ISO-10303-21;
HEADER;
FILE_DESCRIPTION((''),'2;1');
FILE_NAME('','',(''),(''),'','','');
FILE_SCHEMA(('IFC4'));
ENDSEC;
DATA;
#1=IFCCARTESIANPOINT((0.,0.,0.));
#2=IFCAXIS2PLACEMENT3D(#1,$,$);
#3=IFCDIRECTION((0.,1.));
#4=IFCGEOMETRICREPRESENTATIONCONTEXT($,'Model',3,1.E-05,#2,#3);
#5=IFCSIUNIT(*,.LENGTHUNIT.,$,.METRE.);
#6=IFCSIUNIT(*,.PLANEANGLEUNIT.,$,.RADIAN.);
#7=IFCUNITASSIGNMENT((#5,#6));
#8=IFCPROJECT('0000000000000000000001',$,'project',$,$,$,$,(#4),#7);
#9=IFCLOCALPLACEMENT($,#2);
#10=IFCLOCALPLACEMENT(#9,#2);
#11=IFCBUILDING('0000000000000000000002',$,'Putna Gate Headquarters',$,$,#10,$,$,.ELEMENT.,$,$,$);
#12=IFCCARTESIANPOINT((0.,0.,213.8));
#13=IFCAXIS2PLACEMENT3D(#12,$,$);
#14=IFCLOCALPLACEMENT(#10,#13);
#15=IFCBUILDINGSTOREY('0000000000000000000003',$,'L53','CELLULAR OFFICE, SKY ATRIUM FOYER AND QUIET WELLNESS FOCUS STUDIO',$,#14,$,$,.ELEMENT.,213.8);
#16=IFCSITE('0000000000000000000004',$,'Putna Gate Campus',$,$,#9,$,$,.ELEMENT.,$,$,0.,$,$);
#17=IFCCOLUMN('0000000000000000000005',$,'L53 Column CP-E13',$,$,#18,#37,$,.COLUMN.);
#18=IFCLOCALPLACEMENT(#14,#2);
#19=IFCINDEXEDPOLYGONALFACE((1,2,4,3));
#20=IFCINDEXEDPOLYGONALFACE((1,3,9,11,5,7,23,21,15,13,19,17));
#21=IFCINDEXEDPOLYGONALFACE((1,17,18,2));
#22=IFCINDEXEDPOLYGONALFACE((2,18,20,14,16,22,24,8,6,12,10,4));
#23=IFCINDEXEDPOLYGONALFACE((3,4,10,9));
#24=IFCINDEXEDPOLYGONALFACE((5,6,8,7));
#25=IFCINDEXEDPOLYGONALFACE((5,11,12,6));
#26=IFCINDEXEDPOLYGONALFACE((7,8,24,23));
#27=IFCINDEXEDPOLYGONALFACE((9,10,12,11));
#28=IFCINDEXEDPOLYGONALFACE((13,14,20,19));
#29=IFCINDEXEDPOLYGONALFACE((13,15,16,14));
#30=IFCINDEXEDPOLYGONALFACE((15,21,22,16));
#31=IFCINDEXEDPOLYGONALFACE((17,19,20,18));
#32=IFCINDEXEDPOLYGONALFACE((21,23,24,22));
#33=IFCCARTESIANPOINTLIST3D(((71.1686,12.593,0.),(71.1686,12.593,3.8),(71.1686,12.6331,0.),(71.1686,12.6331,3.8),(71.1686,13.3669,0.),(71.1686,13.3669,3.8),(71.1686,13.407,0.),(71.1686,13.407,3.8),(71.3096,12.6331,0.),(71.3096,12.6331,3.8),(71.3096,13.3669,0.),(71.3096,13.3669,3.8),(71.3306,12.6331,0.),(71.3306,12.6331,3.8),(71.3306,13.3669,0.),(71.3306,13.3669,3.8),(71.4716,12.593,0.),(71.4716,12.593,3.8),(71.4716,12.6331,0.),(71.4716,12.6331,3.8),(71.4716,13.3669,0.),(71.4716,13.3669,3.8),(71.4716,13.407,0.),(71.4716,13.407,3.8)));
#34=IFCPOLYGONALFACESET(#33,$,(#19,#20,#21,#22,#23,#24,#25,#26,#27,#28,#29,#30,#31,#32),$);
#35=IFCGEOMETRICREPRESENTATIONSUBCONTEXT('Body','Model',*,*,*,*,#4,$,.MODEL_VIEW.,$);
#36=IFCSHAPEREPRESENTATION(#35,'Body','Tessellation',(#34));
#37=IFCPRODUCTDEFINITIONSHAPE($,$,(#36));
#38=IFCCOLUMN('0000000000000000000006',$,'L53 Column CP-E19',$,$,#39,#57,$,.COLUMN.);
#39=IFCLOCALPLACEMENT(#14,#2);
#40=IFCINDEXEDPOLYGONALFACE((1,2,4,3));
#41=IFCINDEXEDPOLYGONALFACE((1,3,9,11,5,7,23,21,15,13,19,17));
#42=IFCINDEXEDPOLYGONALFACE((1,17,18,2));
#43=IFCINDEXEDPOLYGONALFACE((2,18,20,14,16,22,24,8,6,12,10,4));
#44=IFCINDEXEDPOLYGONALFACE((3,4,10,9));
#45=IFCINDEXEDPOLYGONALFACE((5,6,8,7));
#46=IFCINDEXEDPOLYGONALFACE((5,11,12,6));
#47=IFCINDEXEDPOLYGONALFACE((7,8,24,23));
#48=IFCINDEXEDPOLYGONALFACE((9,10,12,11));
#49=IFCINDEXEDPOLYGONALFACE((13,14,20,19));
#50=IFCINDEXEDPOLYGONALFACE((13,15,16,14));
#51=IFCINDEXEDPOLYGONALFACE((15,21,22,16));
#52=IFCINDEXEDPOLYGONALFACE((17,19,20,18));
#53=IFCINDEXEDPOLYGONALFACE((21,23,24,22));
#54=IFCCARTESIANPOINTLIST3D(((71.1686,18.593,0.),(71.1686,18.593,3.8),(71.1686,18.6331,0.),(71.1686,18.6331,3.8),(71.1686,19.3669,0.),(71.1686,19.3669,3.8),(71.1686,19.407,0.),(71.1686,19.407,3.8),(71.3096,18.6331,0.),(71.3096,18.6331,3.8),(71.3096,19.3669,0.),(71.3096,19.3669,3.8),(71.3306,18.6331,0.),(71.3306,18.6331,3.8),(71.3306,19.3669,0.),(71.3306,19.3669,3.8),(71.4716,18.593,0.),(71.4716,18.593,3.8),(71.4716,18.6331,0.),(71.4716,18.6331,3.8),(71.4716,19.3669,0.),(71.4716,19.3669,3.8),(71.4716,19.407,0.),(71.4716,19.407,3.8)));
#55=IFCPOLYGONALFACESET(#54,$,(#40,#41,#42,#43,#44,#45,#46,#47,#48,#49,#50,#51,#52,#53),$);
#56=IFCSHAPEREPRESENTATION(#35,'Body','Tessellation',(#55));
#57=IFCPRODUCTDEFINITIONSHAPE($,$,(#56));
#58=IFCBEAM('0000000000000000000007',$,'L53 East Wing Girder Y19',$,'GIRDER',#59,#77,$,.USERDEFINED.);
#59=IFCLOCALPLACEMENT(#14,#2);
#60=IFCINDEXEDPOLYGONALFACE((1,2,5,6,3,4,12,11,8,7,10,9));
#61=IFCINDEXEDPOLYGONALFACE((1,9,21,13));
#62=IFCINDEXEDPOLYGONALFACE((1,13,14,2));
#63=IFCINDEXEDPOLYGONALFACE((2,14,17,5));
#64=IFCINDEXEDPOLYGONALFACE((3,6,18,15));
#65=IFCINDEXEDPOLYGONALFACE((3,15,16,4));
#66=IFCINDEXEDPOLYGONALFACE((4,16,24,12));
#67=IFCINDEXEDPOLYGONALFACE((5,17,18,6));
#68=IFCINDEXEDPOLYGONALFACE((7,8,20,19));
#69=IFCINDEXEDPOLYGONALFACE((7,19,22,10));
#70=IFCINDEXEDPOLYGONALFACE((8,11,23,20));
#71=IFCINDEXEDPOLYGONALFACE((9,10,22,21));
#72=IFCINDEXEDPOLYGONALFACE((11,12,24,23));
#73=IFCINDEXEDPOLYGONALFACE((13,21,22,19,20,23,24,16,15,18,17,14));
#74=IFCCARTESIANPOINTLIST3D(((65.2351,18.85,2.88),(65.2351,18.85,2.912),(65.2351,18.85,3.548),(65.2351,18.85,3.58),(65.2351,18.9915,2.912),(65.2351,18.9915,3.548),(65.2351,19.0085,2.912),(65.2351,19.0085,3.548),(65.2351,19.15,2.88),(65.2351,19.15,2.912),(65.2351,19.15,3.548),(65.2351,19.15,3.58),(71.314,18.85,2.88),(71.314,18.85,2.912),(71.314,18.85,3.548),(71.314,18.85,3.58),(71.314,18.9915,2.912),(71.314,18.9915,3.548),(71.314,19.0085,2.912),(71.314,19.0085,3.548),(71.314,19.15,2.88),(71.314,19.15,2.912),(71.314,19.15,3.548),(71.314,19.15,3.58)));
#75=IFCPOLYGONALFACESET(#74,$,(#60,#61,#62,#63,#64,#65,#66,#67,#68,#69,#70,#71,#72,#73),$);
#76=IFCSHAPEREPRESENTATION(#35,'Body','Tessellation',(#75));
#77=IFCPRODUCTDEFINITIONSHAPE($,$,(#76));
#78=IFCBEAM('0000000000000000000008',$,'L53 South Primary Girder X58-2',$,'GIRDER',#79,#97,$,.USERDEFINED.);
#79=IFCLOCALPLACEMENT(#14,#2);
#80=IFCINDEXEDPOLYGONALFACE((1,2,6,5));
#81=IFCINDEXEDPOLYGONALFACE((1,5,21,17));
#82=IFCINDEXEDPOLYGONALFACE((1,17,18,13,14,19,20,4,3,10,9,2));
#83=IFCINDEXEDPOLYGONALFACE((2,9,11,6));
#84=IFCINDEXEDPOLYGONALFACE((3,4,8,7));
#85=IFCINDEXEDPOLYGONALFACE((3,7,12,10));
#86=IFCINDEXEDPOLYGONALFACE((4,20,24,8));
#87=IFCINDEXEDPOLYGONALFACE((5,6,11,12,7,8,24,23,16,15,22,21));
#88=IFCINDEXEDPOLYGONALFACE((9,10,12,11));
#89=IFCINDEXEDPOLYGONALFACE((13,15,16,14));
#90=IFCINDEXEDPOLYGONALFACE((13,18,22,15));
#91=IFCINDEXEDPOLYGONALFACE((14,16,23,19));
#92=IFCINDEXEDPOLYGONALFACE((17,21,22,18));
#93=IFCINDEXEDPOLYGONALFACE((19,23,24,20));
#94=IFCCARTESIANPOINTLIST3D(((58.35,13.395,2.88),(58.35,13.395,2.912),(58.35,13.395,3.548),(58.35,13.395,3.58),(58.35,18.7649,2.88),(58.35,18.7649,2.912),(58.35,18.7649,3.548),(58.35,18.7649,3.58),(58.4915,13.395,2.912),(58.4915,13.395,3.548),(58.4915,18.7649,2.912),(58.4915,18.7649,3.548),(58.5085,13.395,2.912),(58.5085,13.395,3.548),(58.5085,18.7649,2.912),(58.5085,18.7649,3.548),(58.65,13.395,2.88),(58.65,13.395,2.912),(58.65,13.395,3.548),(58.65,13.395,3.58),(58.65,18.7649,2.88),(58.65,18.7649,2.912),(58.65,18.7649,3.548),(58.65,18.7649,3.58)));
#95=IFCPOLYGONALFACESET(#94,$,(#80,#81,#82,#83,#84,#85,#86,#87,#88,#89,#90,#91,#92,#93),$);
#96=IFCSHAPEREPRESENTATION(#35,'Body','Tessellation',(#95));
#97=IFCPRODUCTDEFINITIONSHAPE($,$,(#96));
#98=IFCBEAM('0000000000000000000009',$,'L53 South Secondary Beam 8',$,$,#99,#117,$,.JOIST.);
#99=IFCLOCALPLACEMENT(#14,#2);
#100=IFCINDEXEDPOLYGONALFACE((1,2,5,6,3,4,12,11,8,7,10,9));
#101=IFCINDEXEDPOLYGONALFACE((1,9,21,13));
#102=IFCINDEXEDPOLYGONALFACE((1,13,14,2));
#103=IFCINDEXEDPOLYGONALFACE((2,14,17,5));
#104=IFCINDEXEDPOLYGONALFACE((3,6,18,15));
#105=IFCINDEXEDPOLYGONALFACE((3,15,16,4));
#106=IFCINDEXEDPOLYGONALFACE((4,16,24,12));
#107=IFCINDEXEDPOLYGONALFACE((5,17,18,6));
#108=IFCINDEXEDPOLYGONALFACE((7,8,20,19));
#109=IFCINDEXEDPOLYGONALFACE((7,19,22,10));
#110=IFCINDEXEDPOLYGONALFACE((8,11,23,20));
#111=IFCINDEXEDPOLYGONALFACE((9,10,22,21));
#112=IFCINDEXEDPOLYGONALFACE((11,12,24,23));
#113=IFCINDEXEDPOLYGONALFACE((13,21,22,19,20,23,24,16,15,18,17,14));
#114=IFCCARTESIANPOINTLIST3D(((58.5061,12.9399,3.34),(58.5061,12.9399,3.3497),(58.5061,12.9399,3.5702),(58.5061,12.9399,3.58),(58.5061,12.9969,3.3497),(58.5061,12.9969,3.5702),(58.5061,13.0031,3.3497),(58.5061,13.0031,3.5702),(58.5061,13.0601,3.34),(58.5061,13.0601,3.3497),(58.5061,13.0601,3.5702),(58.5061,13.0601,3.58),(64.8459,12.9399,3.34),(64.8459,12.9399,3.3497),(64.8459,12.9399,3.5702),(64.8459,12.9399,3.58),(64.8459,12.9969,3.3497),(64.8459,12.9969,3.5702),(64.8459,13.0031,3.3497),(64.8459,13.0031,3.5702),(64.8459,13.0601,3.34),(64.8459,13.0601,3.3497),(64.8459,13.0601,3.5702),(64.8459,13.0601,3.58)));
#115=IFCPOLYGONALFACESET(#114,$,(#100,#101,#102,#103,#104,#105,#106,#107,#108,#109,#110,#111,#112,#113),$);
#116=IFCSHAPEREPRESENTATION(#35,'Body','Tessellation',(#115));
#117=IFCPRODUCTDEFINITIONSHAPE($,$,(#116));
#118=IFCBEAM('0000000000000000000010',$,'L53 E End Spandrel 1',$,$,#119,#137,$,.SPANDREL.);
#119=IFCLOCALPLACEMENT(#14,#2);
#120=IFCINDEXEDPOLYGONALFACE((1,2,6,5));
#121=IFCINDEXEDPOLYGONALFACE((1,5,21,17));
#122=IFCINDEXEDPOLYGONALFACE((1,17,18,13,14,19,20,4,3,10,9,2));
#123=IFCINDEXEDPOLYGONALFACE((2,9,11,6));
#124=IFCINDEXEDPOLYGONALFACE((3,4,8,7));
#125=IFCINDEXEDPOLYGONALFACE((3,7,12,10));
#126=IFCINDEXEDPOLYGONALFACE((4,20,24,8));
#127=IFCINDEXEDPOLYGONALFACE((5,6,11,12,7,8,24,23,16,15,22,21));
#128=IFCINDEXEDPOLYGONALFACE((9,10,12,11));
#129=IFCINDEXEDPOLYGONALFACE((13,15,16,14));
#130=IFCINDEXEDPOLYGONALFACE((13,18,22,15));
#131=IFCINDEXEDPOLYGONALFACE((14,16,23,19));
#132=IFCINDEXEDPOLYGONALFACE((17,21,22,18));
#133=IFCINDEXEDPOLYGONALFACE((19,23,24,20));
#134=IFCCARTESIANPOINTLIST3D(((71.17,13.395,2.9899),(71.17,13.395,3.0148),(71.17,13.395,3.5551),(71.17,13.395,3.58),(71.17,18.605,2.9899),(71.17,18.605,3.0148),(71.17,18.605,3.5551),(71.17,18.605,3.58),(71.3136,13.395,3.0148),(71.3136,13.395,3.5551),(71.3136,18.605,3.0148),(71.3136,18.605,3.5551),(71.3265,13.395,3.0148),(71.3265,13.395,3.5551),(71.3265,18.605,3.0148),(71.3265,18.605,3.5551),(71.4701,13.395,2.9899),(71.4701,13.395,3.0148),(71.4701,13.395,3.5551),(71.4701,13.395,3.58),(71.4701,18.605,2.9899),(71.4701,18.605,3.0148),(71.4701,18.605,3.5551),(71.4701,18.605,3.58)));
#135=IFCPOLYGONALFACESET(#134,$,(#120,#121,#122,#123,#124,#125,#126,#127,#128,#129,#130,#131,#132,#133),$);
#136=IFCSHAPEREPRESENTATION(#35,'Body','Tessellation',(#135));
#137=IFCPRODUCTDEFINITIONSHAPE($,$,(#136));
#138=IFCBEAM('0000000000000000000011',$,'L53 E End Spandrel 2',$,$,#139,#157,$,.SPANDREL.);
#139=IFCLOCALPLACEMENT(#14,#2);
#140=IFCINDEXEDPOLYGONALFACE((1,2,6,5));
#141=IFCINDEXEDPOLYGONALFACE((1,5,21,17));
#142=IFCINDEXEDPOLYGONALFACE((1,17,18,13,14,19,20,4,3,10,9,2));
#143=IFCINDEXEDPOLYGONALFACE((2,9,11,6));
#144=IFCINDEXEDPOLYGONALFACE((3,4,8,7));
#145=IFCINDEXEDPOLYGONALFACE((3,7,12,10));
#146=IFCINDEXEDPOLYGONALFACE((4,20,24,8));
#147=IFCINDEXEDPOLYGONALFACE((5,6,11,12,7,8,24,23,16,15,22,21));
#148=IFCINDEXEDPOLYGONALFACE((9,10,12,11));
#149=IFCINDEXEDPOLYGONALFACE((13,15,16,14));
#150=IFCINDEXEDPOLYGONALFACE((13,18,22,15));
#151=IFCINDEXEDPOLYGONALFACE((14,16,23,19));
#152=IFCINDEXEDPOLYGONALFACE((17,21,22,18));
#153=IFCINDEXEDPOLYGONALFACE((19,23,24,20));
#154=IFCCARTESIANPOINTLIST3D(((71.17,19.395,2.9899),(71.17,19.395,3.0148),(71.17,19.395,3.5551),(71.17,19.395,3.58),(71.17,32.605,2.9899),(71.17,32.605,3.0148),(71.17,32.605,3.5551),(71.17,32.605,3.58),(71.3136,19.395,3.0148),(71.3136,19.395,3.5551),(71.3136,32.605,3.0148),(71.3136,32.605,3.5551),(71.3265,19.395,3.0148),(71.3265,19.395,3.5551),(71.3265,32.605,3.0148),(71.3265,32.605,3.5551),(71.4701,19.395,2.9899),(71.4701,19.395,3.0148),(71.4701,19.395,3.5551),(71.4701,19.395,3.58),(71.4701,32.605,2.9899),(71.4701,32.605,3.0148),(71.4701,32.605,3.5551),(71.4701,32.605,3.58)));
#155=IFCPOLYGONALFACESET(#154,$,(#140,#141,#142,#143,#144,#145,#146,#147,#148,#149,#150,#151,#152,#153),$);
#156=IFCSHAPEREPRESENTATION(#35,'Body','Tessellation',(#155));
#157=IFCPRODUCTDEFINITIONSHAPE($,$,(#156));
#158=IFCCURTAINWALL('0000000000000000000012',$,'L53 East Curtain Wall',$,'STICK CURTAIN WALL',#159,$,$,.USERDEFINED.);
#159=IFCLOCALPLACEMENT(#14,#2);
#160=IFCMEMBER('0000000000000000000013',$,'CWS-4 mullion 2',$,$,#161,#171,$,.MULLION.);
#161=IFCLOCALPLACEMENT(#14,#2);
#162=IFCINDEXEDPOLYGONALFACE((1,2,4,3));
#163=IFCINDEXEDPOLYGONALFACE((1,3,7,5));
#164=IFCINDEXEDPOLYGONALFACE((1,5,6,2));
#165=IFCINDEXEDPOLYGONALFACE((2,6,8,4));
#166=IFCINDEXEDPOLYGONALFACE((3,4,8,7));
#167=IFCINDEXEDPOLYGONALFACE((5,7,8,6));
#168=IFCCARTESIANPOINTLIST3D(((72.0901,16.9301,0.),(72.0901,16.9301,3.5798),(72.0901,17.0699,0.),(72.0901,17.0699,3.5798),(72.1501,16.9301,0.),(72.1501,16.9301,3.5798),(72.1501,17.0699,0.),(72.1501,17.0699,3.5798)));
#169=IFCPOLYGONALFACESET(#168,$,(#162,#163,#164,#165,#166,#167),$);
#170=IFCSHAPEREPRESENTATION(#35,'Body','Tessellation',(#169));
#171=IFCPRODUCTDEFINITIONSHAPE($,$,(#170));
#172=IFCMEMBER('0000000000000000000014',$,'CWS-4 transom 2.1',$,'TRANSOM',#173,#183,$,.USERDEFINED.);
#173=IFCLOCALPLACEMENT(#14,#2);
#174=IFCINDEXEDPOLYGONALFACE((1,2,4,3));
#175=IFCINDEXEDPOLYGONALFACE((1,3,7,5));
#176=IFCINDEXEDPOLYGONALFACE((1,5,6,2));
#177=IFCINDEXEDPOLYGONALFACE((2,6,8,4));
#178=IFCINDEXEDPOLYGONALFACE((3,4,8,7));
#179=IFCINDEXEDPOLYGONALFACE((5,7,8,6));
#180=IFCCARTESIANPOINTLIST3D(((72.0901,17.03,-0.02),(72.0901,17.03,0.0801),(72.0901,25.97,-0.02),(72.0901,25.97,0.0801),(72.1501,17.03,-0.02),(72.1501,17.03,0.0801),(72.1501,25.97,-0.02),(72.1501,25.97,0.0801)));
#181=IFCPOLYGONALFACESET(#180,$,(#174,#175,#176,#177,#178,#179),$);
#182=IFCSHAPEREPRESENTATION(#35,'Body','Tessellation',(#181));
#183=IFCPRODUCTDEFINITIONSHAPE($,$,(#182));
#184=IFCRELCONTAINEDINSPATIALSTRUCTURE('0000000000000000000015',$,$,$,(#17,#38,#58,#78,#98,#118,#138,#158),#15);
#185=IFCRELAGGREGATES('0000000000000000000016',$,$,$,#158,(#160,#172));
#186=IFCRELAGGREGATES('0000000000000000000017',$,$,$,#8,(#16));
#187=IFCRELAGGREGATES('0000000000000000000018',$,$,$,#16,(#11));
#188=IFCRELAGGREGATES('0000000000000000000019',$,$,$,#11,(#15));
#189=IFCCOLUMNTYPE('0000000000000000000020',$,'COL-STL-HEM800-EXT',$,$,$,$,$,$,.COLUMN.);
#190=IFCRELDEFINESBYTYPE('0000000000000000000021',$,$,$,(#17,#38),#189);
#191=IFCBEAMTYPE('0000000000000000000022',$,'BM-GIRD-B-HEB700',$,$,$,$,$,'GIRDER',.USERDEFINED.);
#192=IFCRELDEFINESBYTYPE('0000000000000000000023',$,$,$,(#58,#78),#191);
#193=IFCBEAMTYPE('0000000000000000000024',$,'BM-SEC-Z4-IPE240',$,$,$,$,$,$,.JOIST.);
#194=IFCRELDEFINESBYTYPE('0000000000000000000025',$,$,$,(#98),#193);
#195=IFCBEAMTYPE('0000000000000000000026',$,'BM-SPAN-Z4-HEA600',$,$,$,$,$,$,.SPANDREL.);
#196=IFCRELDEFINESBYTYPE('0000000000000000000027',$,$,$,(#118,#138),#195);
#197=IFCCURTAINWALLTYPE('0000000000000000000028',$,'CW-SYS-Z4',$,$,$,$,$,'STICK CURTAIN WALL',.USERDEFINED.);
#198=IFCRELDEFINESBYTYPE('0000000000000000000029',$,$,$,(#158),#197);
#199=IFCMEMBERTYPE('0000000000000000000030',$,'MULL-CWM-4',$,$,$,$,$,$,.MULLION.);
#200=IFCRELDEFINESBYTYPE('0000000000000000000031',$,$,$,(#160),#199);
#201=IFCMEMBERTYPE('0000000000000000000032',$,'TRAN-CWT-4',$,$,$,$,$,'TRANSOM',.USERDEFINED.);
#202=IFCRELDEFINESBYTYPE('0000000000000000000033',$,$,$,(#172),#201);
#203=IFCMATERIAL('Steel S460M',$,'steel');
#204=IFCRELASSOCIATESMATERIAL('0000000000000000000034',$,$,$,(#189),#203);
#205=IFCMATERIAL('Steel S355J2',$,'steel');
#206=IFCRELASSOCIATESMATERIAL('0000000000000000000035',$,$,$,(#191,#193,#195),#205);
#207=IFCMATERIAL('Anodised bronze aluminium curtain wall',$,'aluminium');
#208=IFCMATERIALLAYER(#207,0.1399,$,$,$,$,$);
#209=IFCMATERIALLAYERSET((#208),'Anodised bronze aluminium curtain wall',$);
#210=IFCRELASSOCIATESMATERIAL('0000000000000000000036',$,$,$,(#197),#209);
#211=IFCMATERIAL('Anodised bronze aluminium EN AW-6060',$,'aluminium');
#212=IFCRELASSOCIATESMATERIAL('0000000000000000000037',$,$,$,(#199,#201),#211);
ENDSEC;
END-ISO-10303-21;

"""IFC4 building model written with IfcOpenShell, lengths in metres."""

from ifc_helpers import new_model, si_unit, direction, frame, origin, origin_2d, place, context, subcontext, project, spatial, rectangle, i_section, extrude, material, layer, layer_set, material_profile, profile_set, type_object, element, aggregate, save


model = new_model("IFC4")

# Units and contexts
model_context = context("Model", 3, precision=1e-05, world=origin(), true_north=direction((0.0, 1.0)))
body_context = subcontext(model_context, "Body", "Model", "MODEL_VIEW")
ifc_project = project(units=[si_unit("LENGTHUNIT", "METRE"), si_unit("PLANEANGLEUNIT", "RADIAN")], contexts=[model_context])

# Site, building, storey
site_placement = place(None, origin())
site = spatial("IfcSite", under=ifc_project, at=site_placement, Name="Putna Gate Campus", CompositionType="ELEMENT", RefElevation=0.0)
building_placement = place(site_placement, origin())
building = spatial("IfcBuilding", under=site, at=building_placement, Name="Putna Gate Headquarters", CompositionType="ELEMENT")
storey_placement = place(building_placement, frame((0.0, 0.0, 213.8)))
storey = spatial("IfcBuildingStorey", under=building, at=storey_placement, Name="L53", Description="CELLULAR OFFICE, SKY ATRIUM FOYER AND QUIET WELLNESS FOCUS STUDIO", CompositionType="ELEMENT", Elevation=213.8)

# Columns
ifc_material_1 = material(Name="Steel S460M", Category="steel")
ifc_material_profile_1 = material_profile(ifc_material_1, i_section(OverallWidth=0.303, OverallDepth=0.814, WebThickness=0.021, FlangeThickness=0.04, at=origin_2d()), Name="Steel S460M")
ifc_profile_set_1 = profile_set([ifc_material_profile_1], Name="Steel S460M")
column_type = type_object("IfcColumnType", Name="COL-STL-HEM800-EXT", PredefinedType="COLUMN", material=ifc_profile_set_1)
for number, where, z_axis, x_axis, name in (
    (1, (71.3201, 13.0, 0.0), (0.0, 0.0, 1.0), (1.0, 0.0, 0.0), "L53 Column CP-E13"),
    (2, (71.3201, 19.0, 0.0), (0.0, 0.0, 1.0), (1.0, 0.0, 0.0), "L53 Column CP-E19"),
):
    element("IfcColumn", number, at=place(storey_placement, frame(where, z_axis=z_axis, x_axis=x_axis)), inside=storey, type_object=column_type, Name=name, PredefinedType="COLUMN", context=body_context, shape_type="SweptSolid", body=[
        extrude(i_section(OverallWidth=0.303, OverallDepth=0.814, WebThickness=0.021, FlangeThickness=0.04, at=origin_2d()), origin(), (0.0, 0.0, 1.0), 3.8),
    ])

# Beams
ifc_material_2 = material(Name="Steel S355J2", Category="steel")
ifc_material_profile_2 = material_profile(ifc_material_2, i_section(OverallWidth=0.3, OverallDepth=0.7, WebThickness=0.0171, FlangeThickness=0.032, at=origin_2d()), Name="Steel S355J2")
ifc_profile_set_2 = profile_set([ifc_material_profile_2], Name="Steel S355J2")
beam_type_1 = type_object("IfcBeamType", Name="BM-GIRD-B-HEB700", ElementType="GIRDER", PredefinedType="USERDEFINED", material=ifc_profile_set_2)
beam_1_placement = place(storey_placement, frame((65.2351, 19.0, 3.23), z_axis=(1.0, 0.0, 0.0), x_axis=(0.0, 1.0, 0.0)))
element("IfcBeam", 3, at=beam_1_placement, inside=storey, type_object=beam_type_1, Name="L53 East Wing Girder Y19", ObjectType="GIRDER", PredefinedType="USERDEFINED", context=body_context, shape_type="SweptSolid", body=[
    extrude(i_section(OverallWidth=0.3, OverallDepth=0.7, WebThickness=0.0171, FlangeThickness=0.032, at=origin_2d()), origin(), (0.0, 0.0, 1.0), 6.0789),
])
beam_2_placement = place(storey_placement, frame((58.5, 13.395, 3.23), z_axis=(0.0, 1.0, 0.0), x_axis=(-1.0, 0.0, 0.0)))
element("IfcBeam", 4, at=beam_2_placement, inside=storey, type_object=beam_type_1, Name="L53 South Primary Girder X58-2", ObjectType="GIRDER", PredefinedType="USERDEFINED", context=body_context, shape_type="SweptSolid", body=[
    extrude(i_section(OverallWidth=0.3, OverallDepth=0.7, WebThickness=0.0171, FlangeThickness=0.032, at=origin_2d()), origin(), (0.0, 0.0, 1.0), 5.3699),
])
ifc_material_profile_3 = material_profile(ifc_material_2, i_section(OverallWidth=0.1201, OverallDepth=0.24, WebThickness=0.0061, FlangeThickness=0.0098, at=origin_2d()), Name="Steel S355J2")
ifc_profile_set_3 = profile_set([ifc_material_profile_3], Name="Steel S355J2")
beam_type_2 = type_object("IfcBeamType", Name="BM-SEC-Z4-IPE240", PredefinedType="JOIST", material=ifc_profile_set_3)
beam_3_placement = place(storey_placement, frame((58.5061, 13.0, 3.46), z_axis=(1.0, 0.0, 0.0), x_axis=(0.0, 1.0, 0.0)))
element("IfcBeam", 5, at=beam_3_placement, inside=storey, type_object=beam_type_2, Name="L53 South Secondary Beam 8", PredefinedType="JOIST", context=body_context, shape_type="SweptSolid", body=[
    extrude(i_section(OverallWidth=0.1201, OverallDepth=0.24, WebThickness=0.0061, FlangeThickness=0.0098, at=origin_2d()), origin(), (0.0, 0.0, 1.0), 6.3398),
])
ifc_material_profile_4 = material_profile(ifc_material_2, i_section(OverallWidth=0.3, OverallDepth=0.5901, WebThickness=0.0129, FlangeThickness=0.0249, at=origin_2d()), Name="Steel S355J2")
ifc_profile_set_4 = profile_set([ifc_material_profile_4], Name="Steel S355J2")
beam_type_3 = type_object("IfcBeamType", Name="BM-SPAN-Z4-HEA600", PredefinedType="SPANDREL", material=ifc_profile_set_4)
beam_4_placement = place(storey_placement, frame((71.3201, 13.395, 3.2849), z_axis=(0.0, 1.0, 0.0), x_axis=(-1.0, 0.0, 0.0)))
element("IfcBeam", 6, at=beam_4_placement, inside=storey, type_object=beam_type_3, Name="L53 E End Spandrel 1", PredefinedType="SPANDREL", context=body_context, shape_type="SweptSolid", body=[
    extrude(i_section(OverallWidth=0.3, OverallDepth=0.5901, WebThickness=0.0129, FlangeThickness=0.0249, at=origin_2d()), origin(), (0.0, 0.0, 1.0), 5.21),
])
beam_5_placement = place(storey_placement, frame((71.3201, 19.395, 3.2849), z_axis=(0.0, 1.0, 0.0), x_axis=(-1.0, 0.0, 0.0)))
element("IfcBeam", 7, at=beam_5_placement, inside=storey, type_object=beam_type_3, Name="L53 E End Spandrel 2", PredefinedType="SPANDREL", context=body_context, shape_type="SweptSolid", body=[
    extrude(i_section(OverallWidth=0.3, OverallDepth=0.5901, WebThickness=0.0129, FlangeThickness=0.0249, at=origin_2d()), origin(), (0.0, 0.0, 1.0), 13.21),
])

# Curtain wall, members
ifc_material_3 = material(Name="Anodised bronze aluminium curtain wall", Category="aluminium")
ifc_layer_1 = layer(ifc_material_3, 0.1399)
ifc_layer_set_1 = layer_set([ifc_layer_1], Name="Anodised bronze aluminium curtain wall")
curtain_wall_type = type_object("IfcCurtainWallType", Name="CW-SYS-Z4", ElementType="STICK CURTAIN WALL", PredefinedType="USERDEFINED", material=ifc_layer_set_1)
curtain_wall_placement = place(storey_placement, origin())
curtain_wall = element("IfcCurtainWall", 8, at=curtain_wall_placement, inside=storey, type_object=curtain_wall_type, Name="L53 East Curtain Wall", ObjectType="STICK CURTAIN WALL", PredefinedType="USERDEFINED")
ifc_material_4 = material(Name="Anodised bronze aluminium EN AW-6060", Category="aluminium")
ifc_material_profile_5 = material_profile(ifc_material_4, rectangle(XDim=0.0601, YDim=0.1399, at=origin_2d()), Name="Anodised bronze aluminium EN AW-6060")
ifc_profile_set_5 = profile_set([ifc_material_profile_5], Name="Anodised bronze aluminium EN AW-6060")
member_type_1 = type_object("IfcMemberType", Name="MULL-CWM-4", PredefinedType="MULLION", material=ifc_profile_set_5)
member_1_placement = place(storey_placement, frame((72.1201, 17.0, 0.0), z_axis=(0.0, 0.0, 1.0), x_axis=(-1.0, 0.0, 0.0)))
member_1 = element("IfcMember", 9, at=member_1_placement, type_object=member_type_1, Name="CWS-4 mullion 2", PredefinedType="MULLION", context=body_context, shape_type="SweptSolid", body=[
    extrude(rectangle(XDim=0.0601, YDim=0.1399, at=origin_2d()), origin(), (0.0, 0.0, 1.0), 3.5798),
])
ifc_material_profile_6 = material_profile(ifc_material_4, rectangle(XDim=0.0601, YDim=0.1001, at=origin_2d()), Name="Anodised bronze aluminium EN AW-6060")
ifc_profile_set_6 = profile_set([ifc_material_profile_6], Name="Anodised bronze aluminium EN AW-6060")
member_type_2 = type_object("IfcMemberType", Name="TRAN-CWT-4", ElementType="TRANSOM", PredefinedType="USERDEFINED", material=ifc_profile_set_6)
member_2_placement = place(storey_placement, frame((72.1201, 17.03, 0.03), z_axis=(0.0, 1.0, 0.0), x_axis=(-1.0, 0.0, 0.0)))
member_2 = element("IfcMember", 10, at=member_2_placement, type_object=member_type_2, Name="CWS-4 transom 2.1", ObjectType="TRANSOM", PredefinedType="USERDEFINED", context=body_context, shape_type="SweptSolid", body=[
    extrude(rectangle(XDim=0.0601, YDim=0.1001, at=origin_2d()), origin(), (0.0, 0.0, 1.0), 8.9399),
])
aggregate(curtain_wall, [member_1, member_2])

save(model, "model.ifc")
